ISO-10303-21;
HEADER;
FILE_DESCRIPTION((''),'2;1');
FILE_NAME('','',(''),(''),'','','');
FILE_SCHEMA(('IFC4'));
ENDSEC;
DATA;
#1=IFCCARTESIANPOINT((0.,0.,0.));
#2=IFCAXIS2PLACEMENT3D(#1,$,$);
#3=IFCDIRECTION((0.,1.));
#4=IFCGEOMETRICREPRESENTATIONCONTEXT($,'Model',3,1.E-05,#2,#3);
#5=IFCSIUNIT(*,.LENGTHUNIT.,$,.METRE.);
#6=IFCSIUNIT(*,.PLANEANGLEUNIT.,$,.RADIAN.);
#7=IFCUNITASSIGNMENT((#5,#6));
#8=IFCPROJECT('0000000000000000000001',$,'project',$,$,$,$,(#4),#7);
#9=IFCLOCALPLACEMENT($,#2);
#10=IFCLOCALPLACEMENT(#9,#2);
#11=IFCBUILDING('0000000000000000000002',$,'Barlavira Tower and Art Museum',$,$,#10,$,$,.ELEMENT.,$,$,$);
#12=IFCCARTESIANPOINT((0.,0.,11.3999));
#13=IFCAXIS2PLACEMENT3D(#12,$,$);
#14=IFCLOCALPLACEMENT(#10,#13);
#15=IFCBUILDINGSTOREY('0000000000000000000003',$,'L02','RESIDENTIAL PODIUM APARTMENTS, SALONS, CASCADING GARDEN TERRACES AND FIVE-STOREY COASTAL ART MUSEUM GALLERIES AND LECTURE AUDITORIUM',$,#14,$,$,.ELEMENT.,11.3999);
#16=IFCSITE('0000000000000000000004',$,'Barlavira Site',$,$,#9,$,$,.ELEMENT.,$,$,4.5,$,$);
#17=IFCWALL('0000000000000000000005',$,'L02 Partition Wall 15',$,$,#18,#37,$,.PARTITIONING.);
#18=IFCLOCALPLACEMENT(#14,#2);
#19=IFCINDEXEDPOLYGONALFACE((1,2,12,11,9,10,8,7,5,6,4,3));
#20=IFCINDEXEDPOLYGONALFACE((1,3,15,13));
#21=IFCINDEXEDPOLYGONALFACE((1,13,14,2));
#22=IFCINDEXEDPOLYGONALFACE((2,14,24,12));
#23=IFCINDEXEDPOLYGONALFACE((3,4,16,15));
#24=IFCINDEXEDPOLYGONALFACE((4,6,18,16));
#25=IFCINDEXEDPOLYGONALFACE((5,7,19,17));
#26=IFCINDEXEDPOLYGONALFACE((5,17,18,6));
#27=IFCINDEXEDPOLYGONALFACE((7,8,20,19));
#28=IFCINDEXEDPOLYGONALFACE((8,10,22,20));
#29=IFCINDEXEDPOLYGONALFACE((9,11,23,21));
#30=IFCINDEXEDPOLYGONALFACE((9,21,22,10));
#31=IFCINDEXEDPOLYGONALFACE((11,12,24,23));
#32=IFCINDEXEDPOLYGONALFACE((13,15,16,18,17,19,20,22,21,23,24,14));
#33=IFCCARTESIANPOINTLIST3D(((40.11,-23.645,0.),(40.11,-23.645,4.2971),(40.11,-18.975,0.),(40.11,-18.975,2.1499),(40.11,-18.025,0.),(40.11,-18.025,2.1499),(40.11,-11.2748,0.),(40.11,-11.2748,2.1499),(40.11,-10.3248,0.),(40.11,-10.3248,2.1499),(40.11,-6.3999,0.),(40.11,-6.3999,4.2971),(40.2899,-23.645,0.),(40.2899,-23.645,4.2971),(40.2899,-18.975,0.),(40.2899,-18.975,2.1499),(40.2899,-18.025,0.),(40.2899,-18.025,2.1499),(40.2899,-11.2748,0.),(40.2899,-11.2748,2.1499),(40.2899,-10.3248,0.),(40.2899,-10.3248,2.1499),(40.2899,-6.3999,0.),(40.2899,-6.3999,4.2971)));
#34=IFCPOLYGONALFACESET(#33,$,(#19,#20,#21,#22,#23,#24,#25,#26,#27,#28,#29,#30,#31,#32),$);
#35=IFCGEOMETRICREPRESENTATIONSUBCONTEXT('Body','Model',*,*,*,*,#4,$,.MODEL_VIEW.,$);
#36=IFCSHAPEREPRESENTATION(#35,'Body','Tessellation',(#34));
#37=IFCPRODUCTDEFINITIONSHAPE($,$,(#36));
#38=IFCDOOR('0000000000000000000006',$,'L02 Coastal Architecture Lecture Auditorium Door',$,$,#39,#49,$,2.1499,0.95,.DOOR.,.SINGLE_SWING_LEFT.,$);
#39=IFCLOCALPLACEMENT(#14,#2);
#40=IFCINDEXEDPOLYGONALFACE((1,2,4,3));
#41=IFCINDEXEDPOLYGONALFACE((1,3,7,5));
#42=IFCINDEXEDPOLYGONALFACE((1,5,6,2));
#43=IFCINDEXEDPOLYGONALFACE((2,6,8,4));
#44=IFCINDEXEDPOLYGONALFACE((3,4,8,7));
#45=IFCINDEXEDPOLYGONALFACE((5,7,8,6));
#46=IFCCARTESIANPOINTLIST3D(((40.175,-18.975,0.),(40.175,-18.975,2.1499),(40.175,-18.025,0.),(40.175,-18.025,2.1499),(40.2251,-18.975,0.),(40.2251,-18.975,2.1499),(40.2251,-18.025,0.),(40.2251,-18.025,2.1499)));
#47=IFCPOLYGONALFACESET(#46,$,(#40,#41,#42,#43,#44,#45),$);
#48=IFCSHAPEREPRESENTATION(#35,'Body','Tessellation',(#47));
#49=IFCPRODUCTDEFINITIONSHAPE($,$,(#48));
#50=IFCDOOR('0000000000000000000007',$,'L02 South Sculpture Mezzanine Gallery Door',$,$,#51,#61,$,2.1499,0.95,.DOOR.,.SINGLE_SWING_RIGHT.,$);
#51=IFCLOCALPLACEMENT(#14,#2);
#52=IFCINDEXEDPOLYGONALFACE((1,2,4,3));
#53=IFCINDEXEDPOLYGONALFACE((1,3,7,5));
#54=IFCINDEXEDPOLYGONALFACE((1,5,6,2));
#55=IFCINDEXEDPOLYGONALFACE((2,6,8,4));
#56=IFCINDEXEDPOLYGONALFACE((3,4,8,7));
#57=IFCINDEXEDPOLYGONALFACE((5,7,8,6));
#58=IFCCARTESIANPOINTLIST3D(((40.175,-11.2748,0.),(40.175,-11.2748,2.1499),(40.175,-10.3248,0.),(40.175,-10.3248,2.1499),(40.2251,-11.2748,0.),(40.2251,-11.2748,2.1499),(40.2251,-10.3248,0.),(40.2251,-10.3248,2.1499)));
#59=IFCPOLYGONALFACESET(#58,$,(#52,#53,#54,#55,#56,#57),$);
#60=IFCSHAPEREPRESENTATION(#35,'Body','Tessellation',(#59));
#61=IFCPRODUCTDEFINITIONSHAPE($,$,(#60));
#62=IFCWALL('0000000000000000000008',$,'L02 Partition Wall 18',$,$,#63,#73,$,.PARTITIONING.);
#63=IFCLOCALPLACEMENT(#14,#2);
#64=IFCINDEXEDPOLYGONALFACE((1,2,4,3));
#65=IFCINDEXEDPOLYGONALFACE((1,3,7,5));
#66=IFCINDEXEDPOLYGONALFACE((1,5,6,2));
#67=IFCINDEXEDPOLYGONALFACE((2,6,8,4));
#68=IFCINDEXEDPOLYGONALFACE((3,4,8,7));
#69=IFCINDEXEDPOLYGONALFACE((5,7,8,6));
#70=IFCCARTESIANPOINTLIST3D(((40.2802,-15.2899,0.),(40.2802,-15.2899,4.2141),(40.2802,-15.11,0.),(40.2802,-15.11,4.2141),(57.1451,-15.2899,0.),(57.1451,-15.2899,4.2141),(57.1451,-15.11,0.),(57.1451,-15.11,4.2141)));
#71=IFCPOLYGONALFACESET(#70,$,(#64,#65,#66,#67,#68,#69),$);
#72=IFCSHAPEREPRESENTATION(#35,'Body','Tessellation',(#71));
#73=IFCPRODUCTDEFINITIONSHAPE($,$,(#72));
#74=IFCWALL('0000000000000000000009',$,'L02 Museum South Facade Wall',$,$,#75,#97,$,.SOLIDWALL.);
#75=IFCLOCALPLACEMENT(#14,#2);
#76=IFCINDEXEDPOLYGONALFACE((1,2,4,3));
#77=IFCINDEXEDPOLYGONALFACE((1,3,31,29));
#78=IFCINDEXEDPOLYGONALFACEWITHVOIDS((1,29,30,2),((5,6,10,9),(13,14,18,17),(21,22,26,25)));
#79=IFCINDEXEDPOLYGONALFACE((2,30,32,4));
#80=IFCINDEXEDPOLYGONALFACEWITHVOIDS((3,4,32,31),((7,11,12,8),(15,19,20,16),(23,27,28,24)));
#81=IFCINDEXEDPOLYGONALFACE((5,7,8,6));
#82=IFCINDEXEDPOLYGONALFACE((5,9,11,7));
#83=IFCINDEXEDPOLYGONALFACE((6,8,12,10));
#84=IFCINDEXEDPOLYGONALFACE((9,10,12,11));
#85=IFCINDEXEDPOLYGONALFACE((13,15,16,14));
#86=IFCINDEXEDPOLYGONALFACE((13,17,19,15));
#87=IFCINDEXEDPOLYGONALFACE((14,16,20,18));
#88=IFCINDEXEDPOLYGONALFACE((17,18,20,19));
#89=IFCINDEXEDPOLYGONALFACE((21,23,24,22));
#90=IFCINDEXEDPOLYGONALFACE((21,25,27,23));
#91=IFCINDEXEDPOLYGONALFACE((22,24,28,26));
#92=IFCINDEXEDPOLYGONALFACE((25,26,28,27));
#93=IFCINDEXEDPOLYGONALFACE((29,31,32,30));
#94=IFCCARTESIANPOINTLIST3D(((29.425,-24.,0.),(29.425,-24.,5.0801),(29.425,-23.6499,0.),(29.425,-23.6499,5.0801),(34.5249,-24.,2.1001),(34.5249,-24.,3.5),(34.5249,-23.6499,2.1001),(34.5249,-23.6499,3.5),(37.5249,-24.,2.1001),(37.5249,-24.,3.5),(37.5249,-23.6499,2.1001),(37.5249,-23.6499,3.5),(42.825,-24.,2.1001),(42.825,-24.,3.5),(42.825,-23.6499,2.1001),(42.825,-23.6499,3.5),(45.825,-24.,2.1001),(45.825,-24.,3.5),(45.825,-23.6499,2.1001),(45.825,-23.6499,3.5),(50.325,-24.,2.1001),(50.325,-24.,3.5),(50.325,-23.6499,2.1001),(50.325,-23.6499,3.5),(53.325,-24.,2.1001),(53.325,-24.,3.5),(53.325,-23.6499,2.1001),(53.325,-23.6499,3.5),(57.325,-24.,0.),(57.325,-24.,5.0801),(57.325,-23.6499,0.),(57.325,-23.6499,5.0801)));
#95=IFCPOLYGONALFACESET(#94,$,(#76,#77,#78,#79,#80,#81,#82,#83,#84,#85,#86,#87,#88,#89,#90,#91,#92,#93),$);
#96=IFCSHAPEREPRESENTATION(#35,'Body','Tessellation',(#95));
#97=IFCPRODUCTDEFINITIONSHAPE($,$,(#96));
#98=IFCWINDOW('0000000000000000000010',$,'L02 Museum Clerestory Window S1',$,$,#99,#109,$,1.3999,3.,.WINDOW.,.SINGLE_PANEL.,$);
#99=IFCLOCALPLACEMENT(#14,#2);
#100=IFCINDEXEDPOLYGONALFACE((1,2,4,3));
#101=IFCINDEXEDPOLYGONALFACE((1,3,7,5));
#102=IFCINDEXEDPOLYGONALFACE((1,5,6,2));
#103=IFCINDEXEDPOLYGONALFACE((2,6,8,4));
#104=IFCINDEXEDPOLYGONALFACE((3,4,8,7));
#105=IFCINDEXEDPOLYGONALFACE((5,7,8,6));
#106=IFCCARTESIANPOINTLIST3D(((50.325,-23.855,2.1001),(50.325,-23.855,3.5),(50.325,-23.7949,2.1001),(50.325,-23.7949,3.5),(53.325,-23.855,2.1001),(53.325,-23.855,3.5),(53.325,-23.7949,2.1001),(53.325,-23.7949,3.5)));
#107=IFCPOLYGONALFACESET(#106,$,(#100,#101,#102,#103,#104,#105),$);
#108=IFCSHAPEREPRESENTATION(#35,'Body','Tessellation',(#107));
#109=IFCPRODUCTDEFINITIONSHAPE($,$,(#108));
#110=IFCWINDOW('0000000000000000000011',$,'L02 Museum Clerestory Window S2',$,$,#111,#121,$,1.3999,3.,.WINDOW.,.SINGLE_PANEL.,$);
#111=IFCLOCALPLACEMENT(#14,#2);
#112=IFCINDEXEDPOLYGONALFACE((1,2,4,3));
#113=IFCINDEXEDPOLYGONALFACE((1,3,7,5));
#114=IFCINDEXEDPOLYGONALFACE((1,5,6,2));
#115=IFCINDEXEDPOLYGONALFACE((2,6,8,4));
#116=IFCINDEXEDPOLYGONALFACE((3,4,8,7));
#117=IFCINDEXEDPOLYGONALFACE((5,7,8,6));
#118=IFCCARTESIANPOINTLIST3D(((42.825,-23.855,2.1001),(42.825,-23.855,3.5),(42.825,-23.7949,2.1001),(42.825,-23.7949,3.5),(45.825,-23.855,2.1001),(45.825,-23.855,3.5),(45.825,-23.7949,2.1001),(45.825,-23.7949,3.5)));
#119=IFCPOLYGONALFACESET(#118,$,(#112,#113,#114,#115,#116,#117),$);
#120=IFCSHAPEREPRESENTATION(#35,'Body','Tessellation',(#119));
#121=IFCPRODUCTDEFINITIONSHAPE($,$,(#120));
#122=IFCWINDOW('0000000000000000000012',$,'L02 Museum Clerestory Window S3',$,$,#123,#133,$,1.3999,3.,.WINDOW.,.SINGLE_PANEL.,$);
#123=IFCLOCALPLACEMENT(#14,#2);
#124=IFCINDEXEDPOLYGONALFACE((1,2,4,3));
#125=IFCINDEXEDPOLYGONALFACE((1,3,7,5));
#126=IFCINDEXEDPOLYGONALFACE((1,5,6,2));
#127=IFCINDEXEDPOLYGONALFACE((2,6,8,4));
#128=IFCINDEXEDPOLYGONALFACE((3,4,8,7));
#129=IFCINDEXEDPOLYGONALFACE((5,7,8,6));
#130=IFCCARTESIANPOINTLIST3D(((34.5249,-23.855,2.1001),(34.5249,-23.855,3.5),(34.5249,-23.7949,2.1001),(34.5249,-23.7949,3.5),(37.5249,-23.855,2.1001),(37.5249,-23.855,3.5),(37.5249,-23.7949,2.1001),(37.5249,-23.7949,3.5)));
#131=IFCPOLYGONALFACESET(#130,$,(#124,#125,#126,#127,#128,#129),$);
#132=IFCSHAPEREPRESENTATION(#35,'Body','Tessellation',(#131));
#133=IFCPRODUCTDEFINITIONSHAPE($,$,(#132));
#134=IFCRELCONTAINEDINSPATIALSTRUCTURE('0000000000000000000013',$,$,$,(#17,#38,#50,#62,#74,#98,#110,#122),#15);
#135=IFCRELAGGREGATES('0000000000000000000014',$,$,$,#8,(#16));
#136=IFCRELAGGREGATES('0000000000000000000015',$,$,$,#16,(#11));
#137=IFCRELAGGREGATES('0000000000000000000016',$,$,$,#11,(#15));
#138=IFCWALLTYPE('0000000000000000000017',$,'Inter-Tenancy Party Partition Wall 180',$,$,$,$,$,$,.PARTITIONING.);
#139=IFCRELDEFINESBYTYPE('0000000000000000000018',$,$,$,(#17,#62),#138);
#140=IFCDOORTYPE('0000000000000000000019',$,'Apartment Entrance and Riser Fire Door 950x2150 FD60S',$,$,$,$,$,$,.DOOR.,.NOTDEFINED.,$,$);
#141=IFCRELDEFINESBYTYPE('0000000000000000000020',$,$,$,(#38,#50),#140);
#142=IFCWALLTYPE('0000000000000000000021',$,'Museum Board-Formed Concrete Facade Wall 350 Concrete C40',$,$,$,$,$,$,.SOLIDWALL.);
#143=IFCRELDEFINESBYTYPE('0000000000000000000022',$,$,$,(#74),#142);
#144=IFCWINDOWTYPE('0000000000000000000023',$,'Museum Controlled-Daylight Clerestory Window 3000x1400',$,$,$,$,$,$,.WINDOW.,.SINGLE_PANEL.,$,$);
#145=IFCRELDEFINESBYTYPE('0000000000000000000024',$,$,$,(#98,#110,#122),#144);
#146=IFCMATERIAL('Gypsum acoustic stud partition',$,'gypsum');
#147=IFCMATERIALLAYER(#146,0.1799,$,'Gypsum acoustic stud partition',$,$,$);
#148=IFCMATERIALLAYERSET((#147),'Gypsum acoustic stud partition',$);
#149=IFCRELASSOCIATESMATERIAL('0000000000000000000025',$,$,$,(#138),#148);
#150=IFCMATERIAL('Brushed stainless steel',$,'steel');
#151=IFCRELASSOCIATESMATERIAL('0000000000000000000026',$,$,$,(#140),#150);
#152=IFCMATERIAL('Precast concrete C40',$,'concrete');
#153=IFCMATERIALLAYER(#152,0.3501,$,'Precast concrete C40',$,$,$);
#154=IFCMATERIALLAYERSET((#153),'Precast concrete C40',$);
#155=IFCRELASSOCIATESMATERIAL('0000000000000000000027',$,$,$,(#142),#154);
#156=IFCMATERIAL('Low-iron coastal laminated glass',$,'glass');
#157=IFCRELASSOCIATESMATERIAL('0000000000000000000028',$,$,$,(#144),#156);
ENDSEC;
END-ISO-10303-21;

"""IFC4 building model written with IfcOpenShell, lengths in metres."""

from ifc_helpers import new_model, si_unit, direction, frame, frame_2d, origin, place, context, subcontext, project, spatial, rectangle, extrude, material, layer, layer_set, type_object, element, fill, save


model = new_model("IFC4")

# Units and contexts
model_context = context("Model", 3, precision=1e-05, world=origin(), true_north=direction((0.0, 1.0)))
body_context = subcontext(model_context, "Body", "Model", "MODEL_VIEW")
ifc_project = project(units=[si_unit("LENGTHUNIT", "METRE"), si_unit("PLANEANGLEUNIT", "RADIAN")], contexts=[model_context])

# Site, building, storey
site_placement = place(None, origin())
site = spatial("IfcSite", under=ifc_project, at=site_placement, Name="Barlavira Site", CompositionType="ELEMENT", RefElevation=4.5)
building_placement = place(site_placement, origin())
building = spatial("IfcBuilding", under=site, at=building_placement, Name="Barlavira Tower and Art Museum", CompositionType="ELEMENT")
storey_placement = place(building_placement, frame((0.0, 0.0, 11.3999)))
storey = spatial("IfcBuildingStorey", under=building, at=storey_placement, Name="L02", Description="RESIDENTIAL PODIUM APARTMENTS, SALONS, CASCADING GARDEN TERRACES AND FIVE-STOREY COASTAL ART MUSEUM GALLERIES AND LECTURE AUDITORIUM", CompositionType="ELEMENT", Elevation=11.3999)

# Wall, openings, doors
ifc_material_1 = material(Name="Gypsum acoustic stud partition", Category="gypsum")
ifc_layer_1 = layer(ifc_material_1, 0.1799, Name="Gypsum acoustic stud partition")
ifc_layer_set_1 = layer_set([ifc_layer_1], Name="Gypsum acoustic stud partition")
wall_type_1 = type_object("IfcWallType", Name="Inter-Tenancy Party Partition Wall 180", PredefinedType="PARTITIONING", material=ifc_layer_set_1)
wall_1_placement = place(storey_placement, frame((40.2, -23.645, 0.0), z_axis=(0.0, 0.0, 1.0), x_axis=(0.0, 1.0, 0.0)))
wall_1 = element("IfcWall", 1, at=wall_1_placement, inside=storey, type_object=wall_type_1, Name="L02 Partition Wall 15", PredefinedType="PARTITIONING", context=body_context, shape_type="SweptSolid", body=[
    extrude(rectangle(XDim=17.2451, YDim=0.1799, at=frame_2d((8.6226, 0.0))), origin(), (0.0, 0.0, 1.0), 4.2971),
])
opening_1_placement = place(wall_1_placement, frame((4.6699, 0.0, 0.0)))
opening_1 = element("IfcOpeningElement", 2, at=opening_1_placement, cuts=wall_1, PredefinedType="OPENING", context=body_context, shape_type="SweptSolid", body=[
    extrude(rectangle(XDim=0.95, YDim=2.1499, at=frame_2d((0.4751, 1.075))), frame((0.0, 0.1001, 0.0), z_axis=(0.0, -1.0, 0.0), x_axis=(1.0, 0.0, 0.0)), (0.0, 0.0, 1.0), 0.2),
])
opening_2_placement = place(wall_1_placement, frame((12.3701, 0.0, 0.0)))
opening_2 = element("IfcOpeningElement", 3, at=opening_2_placement, cuts=wall_1, PredefinedType="OPENING", context=body_context, shape_type="SweptSolid", body=[
    extrude(rectangle(XDim=0.95, YDim=2.1499, at=frame_2d((0.4751, 1.075))), frame((0.0, 0.1001, 0.0), z_axis=(0.0, -1.0, 0.0), x_axis=(1.0, 0.0, 0.0)), (0.0, 0.0, 1.0), 0.2),
])
ifc_material_2 = material(Name="Brushed stainless steel", Category="steel")
door_type = type_object("IfcDoorType", Name="Apartment Entrance and Riser Fire Door 950x2150 FD60S", OperationType="NOTDEFINED", PredefinedType="DOOR", material=ifc_material_2)
door_1_placement = place(opening_1_placement, origin())
door_1 = element("IfcDoor", 4, at=door_1_placement, inside=storey, type_object=door_type, Name="L02 Coastal Architecture Lecture Auditorium Door", OperationType="SINGLE_SWING_LEFT", OverallHeight=2.1499, OverallWidth=0.95, PredefinedType="DOOR", context=body_context, shape_type="SweptSolid", body=[
    extrude(rectangle(XDim=0.95, YDim=2.1499, at=frame_2d((0.4751, 1.075))), frame((0.0, 0.0249, 0.0), z_axis=(0.0, -1.0, 0.0), x_axis=(1.0, 0.0, 0.0)), (0.0, 0.0, 1.0), 0.05),
])
fill(opening_1, door_1)
door_2_placement = place(opening_2_placement, origin())
door_2 = element("IfcDoor", 5, at=door_2_placement, inside=storey, type_object=door_type, Name="L02 South Sculpture Mezzanine Gallery Door", OperationType="SINGLE_SWING_RIGHT", OverallHeight=2.1499, OverallWidth=0.95, PredefinedType="DOOR", context=body_context, shape_type="SweptSolid", body=[
    extrude(rectangle(XDim=0.95, YDim=2.1499, at=frame_2d((0.4751, 1.075))), frame((0.0, 0.0249, 0.0), z_axis=(0.0, -1.0, 0.0), x_axis=(1.0, 0.0, 0.0)), (0.0, 0.0, 1.0), 0.05),
])
fill(opening_2, door_2)

# Wall
wall_2_placement = place(storey_placement, frame((40.28, -15.2, 0.0), z_axis=(0.0, 0.0, 1.0), x_axis=(1.0, 0.0, 0.0)))
element("IfcWall", 6, at=wall_2_placement, inside=storey, type_object=wall_type_1, Name="L02 Partition Wall 18", PredefinedType="PARTITIONING", context=body_context, shape_type="SweptSolid", body=[
    extrude(rectangle(XDim=16.865, YDim=0.1799, at=frame_2d((8.4326, 0.0))), origin(), (0.0, 0.0, 1.0), 4.2141),
])

# Wall, openings, windows
ifc_material_3 = material(Name="Precast concrete C40", Category="concrete")
ifc_layer_2 = layer(ifc_material_3, 0.3501, Name="Precast concrete C40")
ifc_layer_set_2 = layer_set([ifc_layer_2], Name="Precast concrete C40")
wall_type_2 = type_object("IfcWallType", Name="Museum Board-Formed Concrete Facade Wall 350 Concrete C40", PredefinedType="SOLIDWALL", material=ifc_layer_set_2)
wall_3_placement = place(storey_placement, frame((57.325, -23.825, 0.0), z_axis=(0.0, 0.0, 1.0), x_axis=(-1.0, 0.0, 0.0)))
wall_3 = element("IfcWall", 7, at=wall_3_placement, inside=storey, type_object=wall_type_2, Name="L02 Museum South Facade Wall", PredefinedType="SOLIDWALL", context=body_context, shape_type="SweptSolid", body=[
    extrude(rectangle(XDim=27.8999, YDim=0.3501, at=frame_2d((13.95, 0.0))), origin(), (0.0, 0.0, 1.0), 5.0801),
])
opening_3_placement = place(wall_3_placement, frame((4.0, 0.0, 2.1001)))
opening_3 = element("IfcOpeningElement", 8, at=opening_3_placement, cuts=wall_3, PredefinedType="OPENING", context=body_context, shape_type="SweptSolid", body=[
    extrude(rectangle(XDim=3.0, YDim=1.3999, at=frame_2d((1.5, 0.7))), frame((0.0, 0.1851, 0.0), z_axis=(0.0, -1.0, 0.0), x_axis=(1.0, 0.0, 0.0)), (0.0, 0.0, 1.0), 0.3701),
])
opening_4_placement = place(wall_3_placement, frame((11.5, 0.0, 2.1001)))
opening_4 = element("IfcOpeningElement", 9, at=opening_4_placement, cuts=wall_3, PredefinedType="OPENING", context=body_context, shape_type="SweptSolid", body=[
    extrude(rectangle(XDim=3.0, YDim=1.3999, at=frame_2d((1.5, 0.7))), frame((0.0, 0.1851, 0.0), z_axis=(0.0, -1.0, 0.0), x_axis=(1.0, 0.0, 0.0)), (0.0, 0.0, 1.0), 0.3701),
])
opening_5_placement = place(wall_3_placement, frame((19.8, 0.0, 2.1001)))
opening_5 = element("IfcOpeningElement", 10, at=opening_5_placement, cuts=wall_3, PredefinedType="OPENING", context=body_context, shape_type="SweptSolid", body=[
    extrude(rectangle(XDim=3.0, YDim=1.3999, at=frame_2d((1.5, 0.7))), frame((0.0, 0.1851, 0.0), z_axis=(0.0, -1.0, 0.0), x_axis=(1.0, 0.0, 0.0)), (0.0, 0.0, 1.0), 0.3701),
])
ifc_material_4 = material(Name="Low-iron coastal laminated glass", Category="glass")
window_type = type_object("IfcWindowType", Name="Museum Controlled-Daylight Clerestory Window 3000x1400", PartitioningType="SINGLE_PANEL", PredefinedType="WINDOW", material=ifc_material_4)
window_1_placement = place(opening_3_placement, origin())
window_1 = element("IfcWindow", 11, at=window_1_placement, inside=storey, type_object=window_type, Name="L02 Museum Clerestory Window S1", OverallHeight=1.3999, OverallWidth=3.0, PartitioningType="SINGLE_PANEL", PredefinedType="WINDOW", context=body_context, shape_type="SweptSolid", body=[
    extrude(rectangle(XDim=3.0, YDim=1.3999, at=frame_2d((1.5, 0.7))), frame((0.0, 0.03, 0.0), z_axis=(0.0, -1.0, 0.0), x_axis=(1.0, 0.0, 0.0)), (0.0, 0.0, 1.0), 0.0601),
])
fill(opening_3, window_1)
window_2_placement = place(opening_4_placement, origin())
window_2 = element("IfcWindow", 12, at=window_2_placement, inside=storey, type_object=window_type, Name="L02 Museum Clerestory Window S2", OverallHeight=1.3999, OverallWidth=3.0, PartitioningType="SINGLE_PANEL", PredefinedType="WINDOW", context=body_context, shape_type="SweptSolid", body=[
    extrude(rectangle(XDim=3.0, YDim=1.3999, at=frame_2d((1.5, 0.7))), frame((0.0, 0.03, 0.0), z_axis=(0.0, -1.0, 0.0), x_axis=(1.0, 0.0, 0.0)), (0.0, 0.0, 1.0), 0.0601),
])
fill(opening_4, window_2)
window_3_placement = place(opening_5_placement, origin())
window_3 = element("IfcWindow", 13, at=window_3_placement, inside=storey, type_object=window_type, Name="L02 Museum Clerestory Window S3", OverallHeight=1.3999, OverallWidth=3.0, PartitioningType="SINGLE_PANEL", PredefinedType="WINDOW", context=body_context, shape_type="SweptSolid", body=[
    extrude(rectangle(XDim=3.0, YDim=1.3999, at=frame_2d((1.5, 0.7))), frame((0.0, 0.03, 0.0), z_axis=(0.0, -1.0, 0.0), x_axis=(1.0, 0.0, 0.0)), (0.0, 0.0, 1.0), 0.0601),
])
fill(opening_5, window_3)

save(model, "model.ifc")
